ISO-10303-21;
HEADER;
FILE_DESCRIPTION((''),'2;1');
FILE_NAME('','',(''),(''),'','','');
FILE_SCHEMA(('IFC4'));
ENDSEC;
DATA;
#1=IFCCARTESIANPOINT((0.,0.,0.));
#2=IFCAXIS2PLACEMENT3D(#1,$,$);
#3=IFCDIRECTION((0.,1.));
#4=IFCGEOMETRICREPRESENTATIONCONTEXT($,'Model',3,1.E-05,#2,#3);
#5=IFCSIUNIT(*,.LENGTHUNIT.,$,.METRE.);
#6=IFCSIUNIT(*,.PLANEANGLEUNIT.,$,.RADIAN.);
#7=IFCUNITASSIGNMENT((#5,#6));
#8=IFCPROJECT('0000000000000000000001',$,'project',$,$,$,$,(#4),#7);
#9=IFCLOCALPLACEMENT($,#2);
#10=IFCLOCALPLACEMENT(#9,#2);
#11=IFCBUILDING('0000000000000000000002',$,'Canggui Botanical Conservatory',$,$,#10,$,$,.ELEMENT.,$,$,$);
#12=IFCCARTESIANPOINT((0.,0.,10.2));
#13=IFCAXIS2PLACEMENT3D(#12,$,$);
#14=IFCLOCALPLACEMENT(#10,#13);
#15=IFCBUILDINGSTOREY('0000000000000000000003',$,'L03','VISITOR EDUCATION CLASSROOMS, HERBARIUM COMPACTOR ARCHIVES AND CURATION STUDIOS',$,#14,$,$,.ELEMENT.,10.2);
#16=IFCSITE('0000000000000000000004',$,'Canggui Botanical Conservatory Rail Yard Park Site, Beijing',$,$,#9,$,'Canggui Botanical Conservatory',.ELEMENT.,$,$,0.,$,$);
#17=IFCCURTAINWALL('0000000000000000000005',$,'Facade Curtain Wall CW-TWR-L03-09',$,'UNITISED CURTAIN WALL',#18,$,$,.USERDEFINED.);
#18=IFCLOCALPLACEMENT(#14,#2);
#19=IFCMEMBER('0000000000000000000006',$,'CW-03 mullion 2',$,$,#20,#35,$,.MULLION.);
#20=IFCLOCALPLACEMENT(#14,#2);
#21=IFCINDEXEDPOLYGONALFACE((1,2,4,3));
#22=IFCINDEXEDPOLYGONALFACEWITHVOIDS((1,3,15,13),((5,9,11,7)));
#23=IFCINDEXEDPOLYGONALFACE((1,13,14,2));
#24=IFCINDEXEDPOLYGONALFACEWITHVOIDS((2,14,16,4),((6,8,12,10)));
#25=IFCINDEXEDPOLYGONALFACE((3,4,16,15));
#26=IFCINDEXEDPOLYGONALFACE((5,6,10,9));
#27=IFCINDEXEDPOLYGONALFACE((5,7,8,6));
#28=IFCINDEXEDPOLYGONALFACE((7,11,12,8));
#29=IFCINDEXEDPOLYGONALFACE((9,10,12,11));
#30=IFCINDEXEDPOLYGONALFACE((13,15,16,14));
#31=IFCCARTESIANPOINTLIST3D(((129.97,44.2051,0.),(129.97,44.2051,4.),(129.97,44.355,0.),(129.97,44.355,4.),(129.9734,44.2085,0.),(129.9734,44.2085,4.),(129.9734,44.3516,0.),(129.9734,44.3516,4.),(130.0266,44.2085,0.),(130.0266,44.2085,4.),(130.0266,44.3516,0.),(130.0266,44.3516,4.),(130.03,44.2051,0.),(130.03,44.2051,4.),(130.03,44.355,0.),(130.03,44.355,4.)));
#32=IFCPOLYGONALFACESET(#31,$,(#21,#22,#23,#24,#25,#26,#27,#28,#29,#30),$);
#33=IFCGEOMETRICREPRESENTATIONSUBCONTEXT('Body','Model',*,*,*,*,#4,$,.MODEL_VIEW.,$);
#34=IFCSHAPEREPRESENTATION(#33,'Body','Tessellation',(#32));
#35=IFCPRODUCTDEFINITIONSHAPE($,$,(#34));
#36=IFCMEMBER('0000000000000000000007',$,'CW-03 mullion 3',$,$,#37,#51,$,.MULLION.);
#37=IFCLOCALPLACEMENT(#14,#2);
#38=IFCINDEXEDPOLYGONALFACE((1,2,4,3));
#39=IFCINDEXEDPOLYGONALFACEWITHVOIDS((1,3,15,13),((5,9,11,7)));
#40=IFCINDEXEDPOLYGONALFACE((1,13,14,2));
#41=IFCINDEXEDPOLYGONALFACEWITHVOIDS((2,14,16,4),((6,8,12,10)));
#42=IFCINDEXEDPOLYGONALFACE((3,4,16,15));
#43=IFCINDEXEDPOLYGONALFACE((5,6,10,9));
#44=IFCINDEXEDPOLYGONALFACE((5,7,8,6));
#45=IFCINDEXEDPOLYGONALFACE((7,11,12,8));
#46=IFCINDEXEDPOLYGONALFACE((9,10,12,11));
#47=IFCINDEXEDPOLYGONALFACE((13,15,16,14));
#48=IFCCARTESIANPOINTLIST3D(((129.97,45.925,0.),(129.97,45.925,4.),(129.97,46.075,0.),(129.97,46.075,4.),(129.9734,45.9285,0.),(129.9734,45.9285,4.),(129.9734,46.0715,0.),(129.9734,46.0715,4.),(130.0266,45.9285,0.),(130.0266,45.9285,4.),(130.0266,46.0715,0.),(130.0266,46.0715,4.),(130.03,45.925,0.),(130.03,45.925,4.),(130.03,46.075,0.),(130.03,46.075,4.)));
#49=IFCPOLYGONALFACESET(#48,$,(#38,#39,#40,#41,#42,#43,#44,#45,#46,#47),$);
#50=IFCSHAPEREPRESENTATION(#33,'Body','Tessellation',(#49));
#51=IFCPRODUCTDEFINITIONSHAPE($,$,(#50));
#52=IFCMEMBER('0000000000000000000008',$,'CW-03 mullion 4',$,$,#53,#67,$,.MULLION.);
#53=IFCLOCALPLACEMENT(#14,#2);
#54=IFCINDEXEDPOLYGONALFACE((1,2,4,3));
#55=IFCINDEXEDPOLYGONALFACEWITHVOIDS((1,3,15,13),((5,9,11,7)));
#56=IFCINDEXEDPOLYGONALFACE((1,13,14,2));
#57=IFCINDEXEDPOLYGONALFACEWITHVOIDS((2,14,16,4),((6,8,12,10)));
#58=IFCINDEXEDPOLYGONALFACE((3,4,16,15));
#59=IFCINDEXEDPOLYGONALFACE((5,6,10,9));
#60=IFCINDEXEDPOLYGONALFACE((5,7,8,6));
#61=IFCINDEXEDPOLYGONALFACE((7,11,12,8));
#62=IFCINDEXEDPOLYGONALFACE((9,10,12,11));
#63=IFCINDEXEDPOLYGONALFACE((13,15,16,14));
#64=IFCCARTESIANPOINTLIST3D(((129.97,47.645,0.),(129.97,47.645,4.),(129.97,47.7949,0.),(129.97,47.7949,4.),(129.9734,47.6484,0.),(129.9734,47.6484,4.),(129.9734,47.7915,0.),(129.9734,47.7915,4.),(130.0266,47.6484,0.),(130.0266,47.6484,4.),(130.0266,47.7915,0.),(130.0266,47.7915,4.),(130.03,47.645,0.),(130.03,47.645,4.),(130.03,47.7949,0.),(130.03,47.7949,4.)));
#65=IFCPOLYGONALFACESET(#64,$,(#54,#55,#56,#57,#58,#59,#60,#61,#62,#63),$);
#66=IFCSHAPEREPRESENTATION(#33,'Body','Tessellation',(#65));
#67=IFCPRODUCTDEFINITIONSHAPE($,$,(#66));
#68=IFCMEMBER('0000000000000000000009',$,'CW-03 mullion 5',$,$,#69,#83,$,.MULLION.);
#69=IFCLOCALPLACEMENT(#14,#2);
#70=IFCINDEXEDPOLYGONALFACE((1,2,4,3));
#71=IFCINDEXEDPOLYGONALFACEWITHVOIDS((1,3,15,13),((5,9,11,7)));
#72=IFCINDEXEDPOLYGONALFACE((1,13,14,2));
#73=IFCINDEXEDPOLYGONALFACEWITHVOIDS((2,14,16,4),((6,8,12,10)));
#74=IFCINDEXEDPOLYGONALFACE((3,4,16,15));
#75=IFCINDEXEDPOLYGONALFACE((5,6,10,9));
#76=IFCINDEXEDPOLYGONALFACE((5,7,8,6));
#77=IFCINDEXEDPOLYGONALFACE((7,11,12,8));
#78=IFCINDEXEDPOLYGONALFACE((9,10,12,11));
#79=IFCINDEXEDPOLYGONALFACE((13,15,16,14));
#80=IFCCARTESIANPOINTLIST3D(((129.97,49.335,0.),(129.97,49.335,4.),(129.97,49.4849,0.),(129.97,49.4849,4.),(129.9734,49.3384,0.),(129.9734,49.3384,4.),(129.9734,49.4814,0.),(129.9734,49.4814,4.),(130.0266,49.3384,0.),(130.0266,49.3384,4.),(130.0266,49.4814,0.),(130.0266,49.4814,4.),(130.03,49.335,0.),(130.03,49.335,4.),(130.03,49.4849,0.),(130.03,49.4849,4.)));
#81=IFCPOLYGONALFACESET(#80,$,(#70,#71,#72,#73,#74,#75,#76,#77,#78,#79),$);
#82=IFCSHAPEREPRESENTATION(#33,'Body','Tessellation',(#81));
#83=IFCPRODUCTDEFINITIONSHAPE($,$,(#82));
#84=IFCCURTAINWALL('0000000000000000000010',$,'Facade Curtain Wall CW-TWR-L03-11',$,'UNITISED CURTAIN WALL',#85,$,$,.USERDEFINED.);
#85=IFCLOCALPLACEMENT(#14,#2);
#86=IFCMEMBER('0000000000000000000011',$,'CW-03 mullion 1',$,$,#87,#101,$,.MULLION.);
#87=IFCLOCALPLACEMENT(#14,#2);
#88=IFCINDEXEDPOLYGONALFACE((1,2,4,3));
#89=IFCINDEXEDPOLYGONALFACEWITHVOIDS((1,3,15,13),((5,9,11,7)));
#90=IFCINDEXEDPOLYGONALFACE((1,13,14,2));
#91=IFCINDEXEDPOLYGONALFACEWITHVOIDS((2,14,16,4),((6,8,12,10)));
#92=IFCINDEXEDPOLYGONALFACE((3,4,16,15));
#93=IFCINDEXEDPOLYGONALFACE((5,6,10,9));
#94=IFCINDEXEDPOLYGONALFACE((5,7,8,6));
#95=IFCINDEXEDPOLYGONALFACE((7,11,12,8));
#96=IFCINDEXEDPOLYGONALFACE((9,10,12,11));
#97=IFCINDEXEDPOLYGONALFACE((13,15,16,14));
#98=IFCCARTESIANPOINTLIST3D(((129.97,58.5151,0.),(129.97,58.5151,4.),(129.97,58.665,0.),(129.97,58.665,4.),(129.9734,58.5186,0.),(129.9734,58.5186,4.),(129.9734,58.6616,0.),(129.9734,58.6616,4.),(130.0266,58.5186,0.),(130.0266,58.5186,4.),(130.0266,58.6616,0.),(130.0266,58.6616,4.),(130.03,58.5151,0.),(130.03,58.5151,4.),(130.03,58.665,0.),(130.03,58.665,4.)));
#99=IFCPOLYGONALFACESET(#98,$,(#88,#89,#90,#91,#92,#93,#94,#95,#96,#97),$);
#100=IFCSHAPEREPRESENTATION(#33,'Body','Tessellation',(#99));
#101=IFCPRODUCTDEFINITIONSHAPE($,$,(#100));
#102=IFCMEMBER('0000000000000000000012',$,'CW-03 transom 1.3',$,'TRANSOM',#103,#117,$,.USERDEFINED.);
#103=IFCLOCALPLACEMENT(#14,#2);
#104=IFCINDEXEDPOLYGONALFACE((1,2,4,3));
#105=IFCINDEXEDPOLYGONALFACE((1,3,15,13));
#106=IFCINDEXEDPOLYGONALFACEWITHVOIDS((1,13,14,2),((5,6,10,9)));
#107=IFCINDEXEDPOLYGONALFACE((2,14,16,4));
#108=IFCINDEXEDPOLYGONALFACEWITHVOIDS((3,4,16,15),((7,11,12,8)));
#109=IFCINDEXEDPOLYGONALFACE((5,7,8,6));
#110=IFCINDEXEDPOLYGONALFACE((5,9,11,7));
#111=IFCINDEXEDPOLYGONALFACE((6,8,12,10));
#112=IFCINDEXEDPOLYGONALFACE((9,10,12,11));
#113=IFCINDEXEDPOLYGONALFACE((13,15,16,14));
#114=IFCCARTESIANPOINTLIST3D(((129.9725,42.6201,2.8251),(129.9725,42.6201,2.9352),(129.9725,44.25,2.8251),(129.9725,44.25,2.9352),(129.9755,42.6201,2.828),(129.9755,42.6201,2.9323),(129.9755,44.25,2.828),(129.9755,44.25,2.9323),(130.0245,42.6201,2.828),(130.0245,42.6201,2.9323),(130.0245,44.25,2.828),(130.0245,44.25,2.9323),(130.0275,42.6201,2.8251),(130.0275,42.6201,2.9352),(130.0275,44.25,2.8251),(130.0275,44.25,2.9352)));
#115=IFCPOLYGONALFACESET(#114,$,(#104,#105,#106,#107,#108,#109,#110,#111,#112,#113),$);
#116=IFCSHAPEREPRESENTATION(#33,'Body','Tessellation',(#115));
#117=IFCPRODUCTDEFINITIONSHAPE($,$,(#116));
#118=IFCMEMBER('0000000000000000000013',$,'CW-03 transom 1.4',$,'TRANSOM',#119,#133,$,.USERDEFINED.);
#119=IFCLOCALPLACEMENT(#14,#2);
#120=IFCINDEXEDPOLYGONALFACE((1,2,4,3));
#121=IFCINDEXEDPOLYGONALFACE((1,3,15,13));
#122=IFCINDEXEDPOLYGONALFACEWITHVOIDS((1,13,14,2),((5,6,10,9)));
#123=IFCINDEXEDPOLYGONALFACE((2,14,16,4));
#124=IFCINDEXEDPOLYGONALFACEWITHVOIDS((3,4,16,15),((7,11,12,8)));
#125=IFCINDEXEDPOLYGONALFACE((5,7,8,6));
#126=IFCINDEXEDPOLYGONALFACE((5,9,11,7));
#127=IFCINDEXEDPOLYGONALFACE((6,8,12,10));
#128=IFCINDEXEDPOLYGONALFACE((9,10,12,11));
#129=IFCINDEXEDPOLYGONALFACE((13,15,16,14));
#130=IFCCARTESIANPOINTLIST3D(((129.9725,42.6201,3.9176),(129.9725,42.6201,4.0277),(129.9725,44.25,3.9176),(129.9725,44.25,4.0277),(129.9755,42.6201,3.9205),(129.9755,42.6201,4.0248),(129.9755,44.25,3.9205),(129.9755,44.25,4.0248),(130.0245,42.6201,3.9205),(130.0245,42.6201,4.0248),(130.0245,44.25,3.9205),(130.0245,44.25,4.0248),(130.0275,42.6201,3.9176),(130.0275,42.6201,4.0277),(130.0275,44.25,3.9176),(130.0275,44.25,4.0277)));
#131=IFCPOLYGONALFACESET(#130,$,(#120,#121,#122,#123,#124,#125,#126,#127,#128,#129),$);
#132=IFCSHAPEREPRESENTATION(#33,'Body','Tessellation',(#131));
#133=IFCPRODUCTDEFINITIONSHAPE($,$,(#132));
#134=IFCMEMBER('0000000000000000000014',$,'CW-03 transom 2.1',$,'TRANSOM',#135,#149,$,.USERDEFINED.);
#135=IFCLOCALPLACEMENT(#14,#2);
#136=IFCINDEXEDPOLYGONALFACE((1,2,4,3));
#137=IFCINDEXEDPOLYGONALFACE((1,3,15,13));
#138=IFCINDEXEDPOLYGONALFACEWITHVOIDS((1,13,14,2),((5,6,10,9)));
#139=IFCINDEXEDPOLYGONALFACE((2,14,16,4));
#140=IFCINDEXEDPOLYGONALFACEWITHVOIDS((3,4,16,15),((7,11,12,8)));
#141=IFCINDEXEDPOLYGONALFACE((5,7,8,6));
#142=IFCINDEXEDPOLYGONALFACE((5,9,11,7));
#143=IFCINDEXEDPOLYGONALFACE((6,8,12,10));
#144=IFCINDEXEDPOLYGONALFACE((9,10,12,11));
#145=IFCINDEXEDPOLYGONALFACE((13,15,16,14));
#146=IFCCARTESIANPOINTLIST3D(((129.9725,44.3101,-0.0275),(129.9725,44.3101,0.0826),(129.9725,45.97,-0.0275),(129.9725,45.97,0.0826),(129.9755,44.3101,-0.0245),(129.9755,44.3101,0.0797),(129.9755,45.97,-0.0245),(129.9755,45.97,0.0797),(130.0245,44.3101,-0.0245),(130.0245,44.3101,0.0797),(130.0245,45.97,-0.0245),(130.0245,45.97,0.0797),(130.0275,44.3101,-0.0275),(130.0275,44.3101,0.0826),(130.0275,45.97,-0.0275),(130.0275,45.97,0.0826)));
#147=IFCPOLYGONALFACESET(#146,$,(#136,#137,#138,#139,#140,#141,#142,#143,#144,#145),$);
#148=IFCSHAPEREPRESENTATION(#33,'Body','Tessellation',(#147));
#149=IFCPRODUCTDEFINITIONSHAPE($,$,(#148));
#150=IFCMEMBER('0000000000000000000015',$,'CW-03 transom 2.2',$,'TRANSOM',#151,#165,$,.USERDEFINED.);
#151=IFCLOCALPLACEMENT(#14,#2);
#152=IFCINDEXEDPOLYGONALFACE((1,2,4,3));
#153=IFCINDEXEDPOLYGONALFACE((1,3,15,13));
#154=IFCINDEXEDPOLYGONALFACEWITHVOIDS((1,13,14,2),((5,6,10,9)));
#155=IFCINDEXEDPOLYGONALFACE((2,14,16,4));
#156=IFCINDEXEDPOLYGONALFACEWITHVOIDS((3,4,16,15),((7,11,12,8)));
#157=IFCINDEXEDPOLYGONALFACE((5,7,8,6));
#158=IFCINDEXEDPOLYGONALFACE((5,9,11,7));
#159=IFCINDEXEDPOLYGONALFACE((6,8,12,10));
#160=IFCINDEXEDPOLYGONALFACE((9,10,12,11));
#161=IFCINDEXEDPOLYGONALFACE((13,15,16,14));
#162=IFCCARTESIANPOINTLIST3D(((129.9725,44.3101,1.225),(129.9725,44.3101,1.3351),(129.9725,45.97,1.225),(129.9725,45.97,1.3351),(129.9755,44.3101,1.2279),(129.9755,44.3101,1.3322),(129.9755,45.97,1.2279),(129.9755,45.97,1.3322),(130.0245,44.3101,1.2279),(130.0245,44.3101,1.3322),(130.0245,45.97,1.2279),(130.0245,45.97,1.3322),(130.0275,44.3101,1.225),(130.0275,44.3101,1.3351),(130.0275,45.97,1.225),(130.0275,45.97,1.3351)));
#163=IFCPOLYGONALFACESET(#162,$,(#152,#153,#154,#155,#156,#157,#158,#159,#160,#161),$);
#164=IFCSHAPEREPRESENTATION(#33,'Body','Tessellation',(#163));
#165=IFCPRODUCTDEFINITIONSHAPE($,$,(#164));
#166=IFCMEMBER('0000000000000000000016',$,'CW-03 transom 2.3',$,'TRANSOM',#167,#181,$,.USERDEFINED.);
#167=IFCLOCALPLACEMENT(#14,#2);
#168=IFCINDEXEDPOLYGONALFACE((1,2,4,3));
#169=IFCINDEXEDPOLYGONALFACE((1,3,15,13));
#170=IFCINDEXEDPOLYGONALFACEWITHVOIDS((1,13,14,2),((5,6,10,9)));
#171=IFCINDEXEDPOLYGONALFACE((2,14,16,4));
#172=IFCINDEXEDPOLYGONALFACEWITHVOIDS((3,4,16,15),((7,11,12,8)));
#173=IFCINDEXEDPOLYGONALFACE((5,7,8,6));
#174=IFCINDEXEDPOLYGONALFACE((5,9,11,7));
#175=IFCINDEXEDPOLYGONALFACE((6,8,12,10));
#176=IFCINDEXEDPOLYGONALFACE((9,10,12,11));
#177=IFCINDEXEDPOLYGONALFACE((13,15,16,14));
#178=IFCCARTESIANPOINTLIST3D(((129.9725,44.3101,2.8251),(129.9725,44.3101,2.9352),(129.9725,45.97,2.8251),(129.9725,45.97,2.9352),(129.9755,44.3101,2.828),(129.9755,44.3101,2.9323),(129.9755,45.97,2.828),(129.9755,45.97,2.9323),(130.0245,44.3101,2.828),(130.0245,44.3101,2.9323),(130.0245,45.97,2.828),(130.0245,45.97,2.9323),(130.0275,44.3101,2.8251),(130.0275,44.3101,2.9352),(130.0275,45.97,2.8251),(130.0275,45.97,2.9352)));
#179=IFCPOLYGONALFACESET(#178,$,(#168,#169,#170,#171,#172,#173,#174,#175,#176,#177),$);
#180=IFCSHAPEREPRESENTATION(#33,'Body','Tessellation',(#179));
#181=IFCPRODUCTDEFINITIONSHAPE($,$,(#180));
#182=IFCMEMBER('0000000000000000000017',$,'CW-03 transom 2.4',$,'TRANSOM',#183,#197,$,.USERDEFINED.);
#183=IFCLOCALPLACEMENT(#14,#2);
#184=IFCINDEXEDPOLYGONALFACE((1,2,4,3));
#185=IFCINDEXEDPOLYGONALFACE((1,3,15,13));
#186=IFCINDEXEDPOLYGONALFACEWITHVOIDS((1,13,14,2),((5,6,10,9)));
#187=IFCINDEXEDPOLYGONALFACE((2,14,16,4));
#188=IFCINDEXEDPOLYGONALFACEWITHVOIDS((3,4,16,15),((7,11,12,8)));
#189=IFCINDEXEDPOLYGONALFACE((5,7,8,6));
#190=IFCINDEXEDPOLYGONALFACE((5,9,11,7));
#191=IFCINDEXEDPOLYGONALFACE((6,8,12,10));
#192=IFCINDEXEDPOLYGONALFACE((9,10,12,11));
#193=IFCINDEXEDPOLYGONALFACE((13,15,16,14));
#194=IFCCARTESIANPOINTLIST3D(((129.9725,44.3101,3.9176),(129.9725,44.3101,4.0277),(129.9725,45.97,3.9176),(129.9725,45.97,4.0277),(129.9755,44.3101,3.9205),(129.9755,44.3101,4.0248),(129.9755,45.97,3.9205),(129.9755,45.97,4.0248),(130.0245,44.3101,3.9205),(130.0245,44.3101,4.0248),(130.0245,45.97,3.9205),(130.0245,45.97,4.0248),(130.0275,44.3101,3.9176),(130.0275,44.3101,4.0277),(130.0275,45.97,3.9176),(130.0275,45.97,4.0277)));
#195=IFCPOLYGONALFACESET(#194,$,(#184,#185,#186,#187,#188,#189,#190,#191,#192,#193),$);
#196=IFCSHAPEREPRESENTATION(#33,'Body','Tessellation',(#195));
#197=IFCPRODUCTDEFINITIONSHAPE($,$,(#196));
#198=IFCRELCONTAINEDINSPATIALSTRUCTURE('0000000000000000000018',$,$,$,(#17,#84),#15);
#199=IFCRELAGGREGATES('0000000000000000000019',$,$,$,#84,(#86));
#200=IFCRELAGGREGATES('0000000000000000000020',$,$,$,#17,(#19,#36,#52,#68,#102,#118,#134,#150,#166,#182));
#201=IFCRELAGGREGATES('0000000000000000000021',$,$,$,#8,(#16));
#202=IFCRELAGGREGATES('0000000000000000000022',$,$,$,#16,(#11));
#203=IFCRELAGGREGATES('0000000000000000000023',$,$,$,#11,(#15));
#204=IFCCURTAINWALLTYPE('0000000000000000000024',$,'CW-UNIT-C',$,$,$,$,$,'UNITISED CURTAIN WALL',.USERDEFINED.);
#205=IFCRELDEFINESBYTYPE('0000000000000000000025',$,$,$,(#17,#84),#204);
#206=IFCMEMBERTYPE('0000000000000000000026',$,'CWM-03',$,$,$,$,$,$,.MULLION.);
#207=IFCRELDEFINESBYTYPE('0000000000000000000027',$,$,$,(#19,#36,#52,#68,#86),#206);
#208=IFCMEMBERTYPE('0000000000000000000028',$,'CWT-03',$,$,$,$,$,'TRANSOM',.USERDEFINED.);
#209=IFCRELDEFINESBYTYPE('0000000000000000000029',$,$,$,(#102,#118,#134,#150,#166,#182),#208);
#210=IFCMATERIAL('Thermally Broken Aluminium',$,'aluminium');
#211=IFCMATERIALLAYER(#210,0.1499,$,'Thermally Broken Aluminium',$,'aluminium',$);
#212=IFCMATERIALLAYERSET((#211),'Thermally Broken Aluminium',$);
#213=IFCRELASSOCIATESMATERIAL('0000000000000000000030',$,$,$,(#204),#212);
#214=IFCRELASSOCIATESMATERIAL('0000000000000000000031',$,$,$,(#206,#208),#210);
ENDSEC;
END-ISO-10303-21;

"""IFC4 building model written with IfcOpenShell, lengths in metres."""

from ifc_helpers import new_model, si_unit, direction, frame, origin, origin_2d, place, context, subcontext, project, spatial, hollow_rectangle, extrude, material, layer, layer_set, material_profile, profile_set, type_object, element, aggregate, save


model = new_model("IFC4")

# Units and contexts
model_context = context("Model", 3, precision=1e-05, world=origin(), true_north=direction((0.0, 1.0)))
body_context = subcontext(model_context, "Body", "Model", "MODEL_VIEW")
ifc_project = project(units=[si_unit("LENGTHUNIT", "METRE"), si_unit("PLANEANGLEUNIT", "RADIAN")], contexts=[model_context])

# Site, building, storey
site_placement = place(None, origin())
site = spatial("IfcSite", under=ifc_project, at=site_placement, Name="Canggui Botanical Conservatory Rail Yard Park Site, Beijing", LongName="Canggui Botanical Conservatory", CompositionType="ELEMENT", RefElevation=0.0)
building_placement = place(site_placement, origin())
building = spatial("IfcBuilding", under=site, at=building_placement, Name="Canggui Botanical Conservatory", CompositionType="ELEMENT")
storey_placement = place(building_placement, frame((0.0, 0.0, 10.2)))
storey = spatial("IfcBuildingStorey", under=building, at=storey_placement, Name="L03", Description="VISITOR EDUCATION CLASSROOMS, HERBARIUM COMPACTOR ARCHIVES AND CURATION STUDIOS", CompositionType="ELEMENT", Elevation=10.2)

# Curtain wall, members
ifc_material_1 = material(Name="Thermally Broken Aluminium", Category="aluminium")
ifc_layer_1 = layer(ifc_material_1, 0.1499, Name="Thermally Broken Aluminium", Category="aluminium")
ifc_layer_set_1 = layer_set([ifc_layer_1], Name="Thermally Broken Aluminium")
curtain_wall_type = type_object("IfcCurtainWallType", Name="CW-UNIT-C", ElementType="UNITISED CURTAIN WALL", PredefinedType="USERDEFINED", material=ifc_layer_set_1)
curtain_wall_1_placement = place(storey_placement, origin())
curtain_wall_1 = element("IfcCurtainWall", 1, at=curtain_wall_1_placement, inside=storey, type_object=curtain_wall_type, Name="Facade Curtain Wall CW-TWR-L03-09", ObjectType="UNITISED CURTAIN WALL", PredefinedType="USERDEFINED")
ifc_material_profile_1 = material_profile(ifc_material_1, hollow_rectangle(XDim=0.0601, YDim=0.1499, WallThickness=0.0034, at=origin_2d()), Name="CWM 60x150x3.5")
ifc_profile_set_1 = profile_set([ifc_material_profile_1], Name="Thermally Broken Aluminium")
member_type_1 = type_object("IfcMemberType", Name="CWM-03", PredefinedType="MULLION", material=ifc_profile_set_1)
member_1_placement = place(storey_placement, frame((130.0, 44.28, 0.0), z_axis=(0.0, 0.0, 1.0), x_axis=(-1.0, 0.0, 0.0)))
member_1 = element("IfcMember", 2, at=member_1_placement, type_object=member_type_1, Name="CW-03 mullion 2", PredefinedType="MULLION", context=body_context, shape_type="SweptSolid", body=[
    extrude(hollow_rectangle(XDim=0.0601, YDim=0.1499, WallThickness=0.0034, at=origin_2d()), origin(), (0.0, 0.0, 1.0), 4.0),
])
member_2_placement = place(storey_placement, frame((130.0, 46.0, 0.0), z_axis=(0.0, 0.0, 1.0), x_axis=(-1.0, 0.0, 0.0)))
member_2 = element("IfcMember", 3, at=member_2_placement, type_object=member_type_1, Name="CW-03 mullion 3", PredefinedType="MULLION", context=body_context, shape_type="SweptSolid", body=[
    extrude(hollow_rectangle(XDim=0.0601, YDim=0.1499, WallThickness=0.0034, at=origin_2d()), origin(), (0.0, 0.0, 1.0), 4.0),
])
member_3_placement = place(storey_placement, frame((130.0, 47.72, 0.0), z_axis=(0.0, 0.0, 1.0), x_axis=(-1.0, 0.0, 0.0)))
member_3 = element("IfcMember", 4, at=member_3_placement, type_object=member_type_1, Name="CW-03 mullion 4", PredefinedType="MULLION", context=body_context, shape_type="SweptSolid", body=[
    extrude(hollow_rectangle(XDim=0.0601, YDim=0.1499, WallThickness=0.0034, at=origin_2d()), origin(), (0.0, 0.0, 1.0), 4.0),
])
member_4_placement = place(storey_placement, frame((130.0, 49.4099, 0.0), z_axis=(0.0, 0.0, 1.0), x_axis=(-1.0, 0.0, 0.0)))
member_4 = element("IfcMember", 5, at=member_4_placement, type_object=member_type_1, Name="CW-03 mullion 5", PredefinedType="MULLION", context=body_context, shape_type="SweptSolid", body=[
    extrude(hollow_rectangle(XDim=0.0601, YDim=0.1499, WallThickness=0.0034, at=origin_2d()), origin(), (0.0, 0.0, 1.0), 4.0),
])

# Curtain wall, member
curtain_wall_2_placement = place(storey_placement, origin())
curtain_wall_2 = element("IfcCurtainWall", 6, at=curtain_wall_2_placement, inside=storey, type_object=curtain_wall_type, Name="Facade Curtain Wall CW-TWR-L03-11", ObjectType="UNITISED CURTAIN WALL", PredefinedType="USERDEFINED")
member_5_placement = place(storey_placement, frame((130.0, 58.5901, 0.0), z_axis=(0.0, 0.0, 1.0), x_axis=(-1.0, 0.0, 0.0)))
member_5 = element("IfcMember", 7, at=member_5_placement, type_object=member_type_1, Name="CW-03 mullion 1", PredefinedType="MULLION", context=body_context, shape_type="SweptSolid", body=[
    extrude(hollow_rectangle(XDim=0.0601, YDim=0.1499, WallThickness=0.0034, at=origin_2d()), origin(), (0.0, 0.0, 1.0), 4.0),
])

# Members
ifc_material_profile_2 = material_profile(ifc_material_1, hollow_rectangle(XDim=0.0549, YDim=0.1101, WallThickness=0.0029, at=origin_2d()), Name="CWT 55x110x3")
ifc_profile_set_2 = profile_set([ifc_material_profile_2], Name="Thermally Broken Aluminium")
member_type_2 = type_object("IfcMemberType", Name="CWT-03", ElementType="TRANSOM", PredefinedType="USERDEFINED", material=ifc_profile_set_2)
member_6_placement = place(storey_placement, frame((130.0, 42.6201, 2.8801), z_axis=(0.0, 1.0, 0.0), x_axis=(-1.0, 0.0, 0.0)))
member_6 = element("IfcMember", 8, at=member_6_placement, type_object=member_type_2, Name="CW-03 transom 1.3", ObjectType="TRANSOM", PredefinedType="USERDEFINED", context=body_context, shape_type="SweptSolid", body=[
    extrude(hollow_rectangle(XDim=0.0549, YDim=0.1101, WallThickness=0.0029, at=origin_2d()), origin(), (0.0, 0.0, 1.0), 1.6299),
])
member_7_placement = place(storey_placement, frame((130.0, 42.6201, 3.9727), z_axis=(0.0, 1.0, 0.0), x_axis=(-1.0, 0.0, 0.0)))
member_7 = element("IfcMember", 9, at=member_7_placement, type_object=member_type_2, Name="CW-03 transom 1.4", ObjectType="TRANSOM", PredefinedType="USERDEFINED", context=body_context, shape_type="SweptSolid", body=[
    extrude(hollow_rectangle(XDim=0.0549, YDim=0.1101, WallThickness=0.0029, at=origin_2d()), origin(), (0.0, 0.0, 1.0), 1.6299),
])
member_8_placement = place(storey_placement, frame((130.0, 44.3101, 0.0276), z_axis=(0.0, 1.0, 0.0), x_axis=(-1.0, 0.0, 0.0)))
member_8 = element("IfcMember", 10, at=member_8_placement, type_object=member_type_2, Name="CW-03 transom 2.1", ObjectType="TRANSOM", PredefinedType="USERDEFINED", context=body_context, shape_type="SweptSolid", body=[
    extrude(hollow_rectangle(XDim=0.0549, YDim=0.1101, WallThickness=0.0029, at=origin_2d()), origin(), (0.0, 0.0, 1.0), 1.6599),
])
member_9_placement = place(storey_placement, frame((130.0, 44.3101, 1.28), z_axis=(0.0, 1.0, 0.0), x_axis=(-1.0, 0.0, 0.0)))
member_9 = element("IfcMember", 11, at=member_9_placement, type_object=member_type_2, Name="CW-03 transom 2.2", ObjectType="TRANSOM", PredefinedType="USERDEFINED", context=body_context, shape_type="SweptSolid", body=[
    extrude(hollow_rectangle(XDim=0.0549, YDim=0.1101, WallThickness=0.0029, at=origin_2d()), origin(), (0.0, 0.0, 1.0), 1.6599),
])
member_10_placement = place(storey_placement, frame((130.0, 44.3101, 2.8801), z_axis=(0.0, 1.0, 0.0), x_axis=(-1.0, 0.0, 0.0)))
member_10 = element("IfcMember", 12, at=member_10_placement, type_object=member_type_2, Name="CW-03 transom 2.3", ObjectType="TRANSOM", PredefinedType="USERDEFINED", context=body_context, shape_type="SweptSolid", body=[
    extrude(hollow_rectangle(XDim=0.0549, YDim=0.1101, WallThickness=0.0029, at=origin_2d()), origin(), (0.0, 0.0, 1.0), 1.6599),
])
member_11_placement = place(storey_placement, frame((130.0, 44.3101, 3.9727), z_axis=(0.0, 1.0, 0.0), x_axis=(-1.0, 0.0, 0.0)))
member_11 = element("IfcMember", 13, at=member_11_placement, type_object=member_type_2, Name="CW-03 transom 2.4", ObjectType="TRANSOM", PredefinedType="USERDEFINED", context=body_context, shape_type="SweptSolid", body=[
    extrude(hollow_rectangle(XDim=0.0549, YDim=0.1101, WallThickness=0.0029, at=origin_2d()), origin(), (0.0, 0.0, 1.0), 1.6599),
])
aggregate(curtain_wall_2, [member_5])

aggregate(curtain_wall_1, [member_1, member_2, member_3, member_4, member_6, member_7, member_8, member_9, member_10, member_11])

save(model, "model.ifc")
